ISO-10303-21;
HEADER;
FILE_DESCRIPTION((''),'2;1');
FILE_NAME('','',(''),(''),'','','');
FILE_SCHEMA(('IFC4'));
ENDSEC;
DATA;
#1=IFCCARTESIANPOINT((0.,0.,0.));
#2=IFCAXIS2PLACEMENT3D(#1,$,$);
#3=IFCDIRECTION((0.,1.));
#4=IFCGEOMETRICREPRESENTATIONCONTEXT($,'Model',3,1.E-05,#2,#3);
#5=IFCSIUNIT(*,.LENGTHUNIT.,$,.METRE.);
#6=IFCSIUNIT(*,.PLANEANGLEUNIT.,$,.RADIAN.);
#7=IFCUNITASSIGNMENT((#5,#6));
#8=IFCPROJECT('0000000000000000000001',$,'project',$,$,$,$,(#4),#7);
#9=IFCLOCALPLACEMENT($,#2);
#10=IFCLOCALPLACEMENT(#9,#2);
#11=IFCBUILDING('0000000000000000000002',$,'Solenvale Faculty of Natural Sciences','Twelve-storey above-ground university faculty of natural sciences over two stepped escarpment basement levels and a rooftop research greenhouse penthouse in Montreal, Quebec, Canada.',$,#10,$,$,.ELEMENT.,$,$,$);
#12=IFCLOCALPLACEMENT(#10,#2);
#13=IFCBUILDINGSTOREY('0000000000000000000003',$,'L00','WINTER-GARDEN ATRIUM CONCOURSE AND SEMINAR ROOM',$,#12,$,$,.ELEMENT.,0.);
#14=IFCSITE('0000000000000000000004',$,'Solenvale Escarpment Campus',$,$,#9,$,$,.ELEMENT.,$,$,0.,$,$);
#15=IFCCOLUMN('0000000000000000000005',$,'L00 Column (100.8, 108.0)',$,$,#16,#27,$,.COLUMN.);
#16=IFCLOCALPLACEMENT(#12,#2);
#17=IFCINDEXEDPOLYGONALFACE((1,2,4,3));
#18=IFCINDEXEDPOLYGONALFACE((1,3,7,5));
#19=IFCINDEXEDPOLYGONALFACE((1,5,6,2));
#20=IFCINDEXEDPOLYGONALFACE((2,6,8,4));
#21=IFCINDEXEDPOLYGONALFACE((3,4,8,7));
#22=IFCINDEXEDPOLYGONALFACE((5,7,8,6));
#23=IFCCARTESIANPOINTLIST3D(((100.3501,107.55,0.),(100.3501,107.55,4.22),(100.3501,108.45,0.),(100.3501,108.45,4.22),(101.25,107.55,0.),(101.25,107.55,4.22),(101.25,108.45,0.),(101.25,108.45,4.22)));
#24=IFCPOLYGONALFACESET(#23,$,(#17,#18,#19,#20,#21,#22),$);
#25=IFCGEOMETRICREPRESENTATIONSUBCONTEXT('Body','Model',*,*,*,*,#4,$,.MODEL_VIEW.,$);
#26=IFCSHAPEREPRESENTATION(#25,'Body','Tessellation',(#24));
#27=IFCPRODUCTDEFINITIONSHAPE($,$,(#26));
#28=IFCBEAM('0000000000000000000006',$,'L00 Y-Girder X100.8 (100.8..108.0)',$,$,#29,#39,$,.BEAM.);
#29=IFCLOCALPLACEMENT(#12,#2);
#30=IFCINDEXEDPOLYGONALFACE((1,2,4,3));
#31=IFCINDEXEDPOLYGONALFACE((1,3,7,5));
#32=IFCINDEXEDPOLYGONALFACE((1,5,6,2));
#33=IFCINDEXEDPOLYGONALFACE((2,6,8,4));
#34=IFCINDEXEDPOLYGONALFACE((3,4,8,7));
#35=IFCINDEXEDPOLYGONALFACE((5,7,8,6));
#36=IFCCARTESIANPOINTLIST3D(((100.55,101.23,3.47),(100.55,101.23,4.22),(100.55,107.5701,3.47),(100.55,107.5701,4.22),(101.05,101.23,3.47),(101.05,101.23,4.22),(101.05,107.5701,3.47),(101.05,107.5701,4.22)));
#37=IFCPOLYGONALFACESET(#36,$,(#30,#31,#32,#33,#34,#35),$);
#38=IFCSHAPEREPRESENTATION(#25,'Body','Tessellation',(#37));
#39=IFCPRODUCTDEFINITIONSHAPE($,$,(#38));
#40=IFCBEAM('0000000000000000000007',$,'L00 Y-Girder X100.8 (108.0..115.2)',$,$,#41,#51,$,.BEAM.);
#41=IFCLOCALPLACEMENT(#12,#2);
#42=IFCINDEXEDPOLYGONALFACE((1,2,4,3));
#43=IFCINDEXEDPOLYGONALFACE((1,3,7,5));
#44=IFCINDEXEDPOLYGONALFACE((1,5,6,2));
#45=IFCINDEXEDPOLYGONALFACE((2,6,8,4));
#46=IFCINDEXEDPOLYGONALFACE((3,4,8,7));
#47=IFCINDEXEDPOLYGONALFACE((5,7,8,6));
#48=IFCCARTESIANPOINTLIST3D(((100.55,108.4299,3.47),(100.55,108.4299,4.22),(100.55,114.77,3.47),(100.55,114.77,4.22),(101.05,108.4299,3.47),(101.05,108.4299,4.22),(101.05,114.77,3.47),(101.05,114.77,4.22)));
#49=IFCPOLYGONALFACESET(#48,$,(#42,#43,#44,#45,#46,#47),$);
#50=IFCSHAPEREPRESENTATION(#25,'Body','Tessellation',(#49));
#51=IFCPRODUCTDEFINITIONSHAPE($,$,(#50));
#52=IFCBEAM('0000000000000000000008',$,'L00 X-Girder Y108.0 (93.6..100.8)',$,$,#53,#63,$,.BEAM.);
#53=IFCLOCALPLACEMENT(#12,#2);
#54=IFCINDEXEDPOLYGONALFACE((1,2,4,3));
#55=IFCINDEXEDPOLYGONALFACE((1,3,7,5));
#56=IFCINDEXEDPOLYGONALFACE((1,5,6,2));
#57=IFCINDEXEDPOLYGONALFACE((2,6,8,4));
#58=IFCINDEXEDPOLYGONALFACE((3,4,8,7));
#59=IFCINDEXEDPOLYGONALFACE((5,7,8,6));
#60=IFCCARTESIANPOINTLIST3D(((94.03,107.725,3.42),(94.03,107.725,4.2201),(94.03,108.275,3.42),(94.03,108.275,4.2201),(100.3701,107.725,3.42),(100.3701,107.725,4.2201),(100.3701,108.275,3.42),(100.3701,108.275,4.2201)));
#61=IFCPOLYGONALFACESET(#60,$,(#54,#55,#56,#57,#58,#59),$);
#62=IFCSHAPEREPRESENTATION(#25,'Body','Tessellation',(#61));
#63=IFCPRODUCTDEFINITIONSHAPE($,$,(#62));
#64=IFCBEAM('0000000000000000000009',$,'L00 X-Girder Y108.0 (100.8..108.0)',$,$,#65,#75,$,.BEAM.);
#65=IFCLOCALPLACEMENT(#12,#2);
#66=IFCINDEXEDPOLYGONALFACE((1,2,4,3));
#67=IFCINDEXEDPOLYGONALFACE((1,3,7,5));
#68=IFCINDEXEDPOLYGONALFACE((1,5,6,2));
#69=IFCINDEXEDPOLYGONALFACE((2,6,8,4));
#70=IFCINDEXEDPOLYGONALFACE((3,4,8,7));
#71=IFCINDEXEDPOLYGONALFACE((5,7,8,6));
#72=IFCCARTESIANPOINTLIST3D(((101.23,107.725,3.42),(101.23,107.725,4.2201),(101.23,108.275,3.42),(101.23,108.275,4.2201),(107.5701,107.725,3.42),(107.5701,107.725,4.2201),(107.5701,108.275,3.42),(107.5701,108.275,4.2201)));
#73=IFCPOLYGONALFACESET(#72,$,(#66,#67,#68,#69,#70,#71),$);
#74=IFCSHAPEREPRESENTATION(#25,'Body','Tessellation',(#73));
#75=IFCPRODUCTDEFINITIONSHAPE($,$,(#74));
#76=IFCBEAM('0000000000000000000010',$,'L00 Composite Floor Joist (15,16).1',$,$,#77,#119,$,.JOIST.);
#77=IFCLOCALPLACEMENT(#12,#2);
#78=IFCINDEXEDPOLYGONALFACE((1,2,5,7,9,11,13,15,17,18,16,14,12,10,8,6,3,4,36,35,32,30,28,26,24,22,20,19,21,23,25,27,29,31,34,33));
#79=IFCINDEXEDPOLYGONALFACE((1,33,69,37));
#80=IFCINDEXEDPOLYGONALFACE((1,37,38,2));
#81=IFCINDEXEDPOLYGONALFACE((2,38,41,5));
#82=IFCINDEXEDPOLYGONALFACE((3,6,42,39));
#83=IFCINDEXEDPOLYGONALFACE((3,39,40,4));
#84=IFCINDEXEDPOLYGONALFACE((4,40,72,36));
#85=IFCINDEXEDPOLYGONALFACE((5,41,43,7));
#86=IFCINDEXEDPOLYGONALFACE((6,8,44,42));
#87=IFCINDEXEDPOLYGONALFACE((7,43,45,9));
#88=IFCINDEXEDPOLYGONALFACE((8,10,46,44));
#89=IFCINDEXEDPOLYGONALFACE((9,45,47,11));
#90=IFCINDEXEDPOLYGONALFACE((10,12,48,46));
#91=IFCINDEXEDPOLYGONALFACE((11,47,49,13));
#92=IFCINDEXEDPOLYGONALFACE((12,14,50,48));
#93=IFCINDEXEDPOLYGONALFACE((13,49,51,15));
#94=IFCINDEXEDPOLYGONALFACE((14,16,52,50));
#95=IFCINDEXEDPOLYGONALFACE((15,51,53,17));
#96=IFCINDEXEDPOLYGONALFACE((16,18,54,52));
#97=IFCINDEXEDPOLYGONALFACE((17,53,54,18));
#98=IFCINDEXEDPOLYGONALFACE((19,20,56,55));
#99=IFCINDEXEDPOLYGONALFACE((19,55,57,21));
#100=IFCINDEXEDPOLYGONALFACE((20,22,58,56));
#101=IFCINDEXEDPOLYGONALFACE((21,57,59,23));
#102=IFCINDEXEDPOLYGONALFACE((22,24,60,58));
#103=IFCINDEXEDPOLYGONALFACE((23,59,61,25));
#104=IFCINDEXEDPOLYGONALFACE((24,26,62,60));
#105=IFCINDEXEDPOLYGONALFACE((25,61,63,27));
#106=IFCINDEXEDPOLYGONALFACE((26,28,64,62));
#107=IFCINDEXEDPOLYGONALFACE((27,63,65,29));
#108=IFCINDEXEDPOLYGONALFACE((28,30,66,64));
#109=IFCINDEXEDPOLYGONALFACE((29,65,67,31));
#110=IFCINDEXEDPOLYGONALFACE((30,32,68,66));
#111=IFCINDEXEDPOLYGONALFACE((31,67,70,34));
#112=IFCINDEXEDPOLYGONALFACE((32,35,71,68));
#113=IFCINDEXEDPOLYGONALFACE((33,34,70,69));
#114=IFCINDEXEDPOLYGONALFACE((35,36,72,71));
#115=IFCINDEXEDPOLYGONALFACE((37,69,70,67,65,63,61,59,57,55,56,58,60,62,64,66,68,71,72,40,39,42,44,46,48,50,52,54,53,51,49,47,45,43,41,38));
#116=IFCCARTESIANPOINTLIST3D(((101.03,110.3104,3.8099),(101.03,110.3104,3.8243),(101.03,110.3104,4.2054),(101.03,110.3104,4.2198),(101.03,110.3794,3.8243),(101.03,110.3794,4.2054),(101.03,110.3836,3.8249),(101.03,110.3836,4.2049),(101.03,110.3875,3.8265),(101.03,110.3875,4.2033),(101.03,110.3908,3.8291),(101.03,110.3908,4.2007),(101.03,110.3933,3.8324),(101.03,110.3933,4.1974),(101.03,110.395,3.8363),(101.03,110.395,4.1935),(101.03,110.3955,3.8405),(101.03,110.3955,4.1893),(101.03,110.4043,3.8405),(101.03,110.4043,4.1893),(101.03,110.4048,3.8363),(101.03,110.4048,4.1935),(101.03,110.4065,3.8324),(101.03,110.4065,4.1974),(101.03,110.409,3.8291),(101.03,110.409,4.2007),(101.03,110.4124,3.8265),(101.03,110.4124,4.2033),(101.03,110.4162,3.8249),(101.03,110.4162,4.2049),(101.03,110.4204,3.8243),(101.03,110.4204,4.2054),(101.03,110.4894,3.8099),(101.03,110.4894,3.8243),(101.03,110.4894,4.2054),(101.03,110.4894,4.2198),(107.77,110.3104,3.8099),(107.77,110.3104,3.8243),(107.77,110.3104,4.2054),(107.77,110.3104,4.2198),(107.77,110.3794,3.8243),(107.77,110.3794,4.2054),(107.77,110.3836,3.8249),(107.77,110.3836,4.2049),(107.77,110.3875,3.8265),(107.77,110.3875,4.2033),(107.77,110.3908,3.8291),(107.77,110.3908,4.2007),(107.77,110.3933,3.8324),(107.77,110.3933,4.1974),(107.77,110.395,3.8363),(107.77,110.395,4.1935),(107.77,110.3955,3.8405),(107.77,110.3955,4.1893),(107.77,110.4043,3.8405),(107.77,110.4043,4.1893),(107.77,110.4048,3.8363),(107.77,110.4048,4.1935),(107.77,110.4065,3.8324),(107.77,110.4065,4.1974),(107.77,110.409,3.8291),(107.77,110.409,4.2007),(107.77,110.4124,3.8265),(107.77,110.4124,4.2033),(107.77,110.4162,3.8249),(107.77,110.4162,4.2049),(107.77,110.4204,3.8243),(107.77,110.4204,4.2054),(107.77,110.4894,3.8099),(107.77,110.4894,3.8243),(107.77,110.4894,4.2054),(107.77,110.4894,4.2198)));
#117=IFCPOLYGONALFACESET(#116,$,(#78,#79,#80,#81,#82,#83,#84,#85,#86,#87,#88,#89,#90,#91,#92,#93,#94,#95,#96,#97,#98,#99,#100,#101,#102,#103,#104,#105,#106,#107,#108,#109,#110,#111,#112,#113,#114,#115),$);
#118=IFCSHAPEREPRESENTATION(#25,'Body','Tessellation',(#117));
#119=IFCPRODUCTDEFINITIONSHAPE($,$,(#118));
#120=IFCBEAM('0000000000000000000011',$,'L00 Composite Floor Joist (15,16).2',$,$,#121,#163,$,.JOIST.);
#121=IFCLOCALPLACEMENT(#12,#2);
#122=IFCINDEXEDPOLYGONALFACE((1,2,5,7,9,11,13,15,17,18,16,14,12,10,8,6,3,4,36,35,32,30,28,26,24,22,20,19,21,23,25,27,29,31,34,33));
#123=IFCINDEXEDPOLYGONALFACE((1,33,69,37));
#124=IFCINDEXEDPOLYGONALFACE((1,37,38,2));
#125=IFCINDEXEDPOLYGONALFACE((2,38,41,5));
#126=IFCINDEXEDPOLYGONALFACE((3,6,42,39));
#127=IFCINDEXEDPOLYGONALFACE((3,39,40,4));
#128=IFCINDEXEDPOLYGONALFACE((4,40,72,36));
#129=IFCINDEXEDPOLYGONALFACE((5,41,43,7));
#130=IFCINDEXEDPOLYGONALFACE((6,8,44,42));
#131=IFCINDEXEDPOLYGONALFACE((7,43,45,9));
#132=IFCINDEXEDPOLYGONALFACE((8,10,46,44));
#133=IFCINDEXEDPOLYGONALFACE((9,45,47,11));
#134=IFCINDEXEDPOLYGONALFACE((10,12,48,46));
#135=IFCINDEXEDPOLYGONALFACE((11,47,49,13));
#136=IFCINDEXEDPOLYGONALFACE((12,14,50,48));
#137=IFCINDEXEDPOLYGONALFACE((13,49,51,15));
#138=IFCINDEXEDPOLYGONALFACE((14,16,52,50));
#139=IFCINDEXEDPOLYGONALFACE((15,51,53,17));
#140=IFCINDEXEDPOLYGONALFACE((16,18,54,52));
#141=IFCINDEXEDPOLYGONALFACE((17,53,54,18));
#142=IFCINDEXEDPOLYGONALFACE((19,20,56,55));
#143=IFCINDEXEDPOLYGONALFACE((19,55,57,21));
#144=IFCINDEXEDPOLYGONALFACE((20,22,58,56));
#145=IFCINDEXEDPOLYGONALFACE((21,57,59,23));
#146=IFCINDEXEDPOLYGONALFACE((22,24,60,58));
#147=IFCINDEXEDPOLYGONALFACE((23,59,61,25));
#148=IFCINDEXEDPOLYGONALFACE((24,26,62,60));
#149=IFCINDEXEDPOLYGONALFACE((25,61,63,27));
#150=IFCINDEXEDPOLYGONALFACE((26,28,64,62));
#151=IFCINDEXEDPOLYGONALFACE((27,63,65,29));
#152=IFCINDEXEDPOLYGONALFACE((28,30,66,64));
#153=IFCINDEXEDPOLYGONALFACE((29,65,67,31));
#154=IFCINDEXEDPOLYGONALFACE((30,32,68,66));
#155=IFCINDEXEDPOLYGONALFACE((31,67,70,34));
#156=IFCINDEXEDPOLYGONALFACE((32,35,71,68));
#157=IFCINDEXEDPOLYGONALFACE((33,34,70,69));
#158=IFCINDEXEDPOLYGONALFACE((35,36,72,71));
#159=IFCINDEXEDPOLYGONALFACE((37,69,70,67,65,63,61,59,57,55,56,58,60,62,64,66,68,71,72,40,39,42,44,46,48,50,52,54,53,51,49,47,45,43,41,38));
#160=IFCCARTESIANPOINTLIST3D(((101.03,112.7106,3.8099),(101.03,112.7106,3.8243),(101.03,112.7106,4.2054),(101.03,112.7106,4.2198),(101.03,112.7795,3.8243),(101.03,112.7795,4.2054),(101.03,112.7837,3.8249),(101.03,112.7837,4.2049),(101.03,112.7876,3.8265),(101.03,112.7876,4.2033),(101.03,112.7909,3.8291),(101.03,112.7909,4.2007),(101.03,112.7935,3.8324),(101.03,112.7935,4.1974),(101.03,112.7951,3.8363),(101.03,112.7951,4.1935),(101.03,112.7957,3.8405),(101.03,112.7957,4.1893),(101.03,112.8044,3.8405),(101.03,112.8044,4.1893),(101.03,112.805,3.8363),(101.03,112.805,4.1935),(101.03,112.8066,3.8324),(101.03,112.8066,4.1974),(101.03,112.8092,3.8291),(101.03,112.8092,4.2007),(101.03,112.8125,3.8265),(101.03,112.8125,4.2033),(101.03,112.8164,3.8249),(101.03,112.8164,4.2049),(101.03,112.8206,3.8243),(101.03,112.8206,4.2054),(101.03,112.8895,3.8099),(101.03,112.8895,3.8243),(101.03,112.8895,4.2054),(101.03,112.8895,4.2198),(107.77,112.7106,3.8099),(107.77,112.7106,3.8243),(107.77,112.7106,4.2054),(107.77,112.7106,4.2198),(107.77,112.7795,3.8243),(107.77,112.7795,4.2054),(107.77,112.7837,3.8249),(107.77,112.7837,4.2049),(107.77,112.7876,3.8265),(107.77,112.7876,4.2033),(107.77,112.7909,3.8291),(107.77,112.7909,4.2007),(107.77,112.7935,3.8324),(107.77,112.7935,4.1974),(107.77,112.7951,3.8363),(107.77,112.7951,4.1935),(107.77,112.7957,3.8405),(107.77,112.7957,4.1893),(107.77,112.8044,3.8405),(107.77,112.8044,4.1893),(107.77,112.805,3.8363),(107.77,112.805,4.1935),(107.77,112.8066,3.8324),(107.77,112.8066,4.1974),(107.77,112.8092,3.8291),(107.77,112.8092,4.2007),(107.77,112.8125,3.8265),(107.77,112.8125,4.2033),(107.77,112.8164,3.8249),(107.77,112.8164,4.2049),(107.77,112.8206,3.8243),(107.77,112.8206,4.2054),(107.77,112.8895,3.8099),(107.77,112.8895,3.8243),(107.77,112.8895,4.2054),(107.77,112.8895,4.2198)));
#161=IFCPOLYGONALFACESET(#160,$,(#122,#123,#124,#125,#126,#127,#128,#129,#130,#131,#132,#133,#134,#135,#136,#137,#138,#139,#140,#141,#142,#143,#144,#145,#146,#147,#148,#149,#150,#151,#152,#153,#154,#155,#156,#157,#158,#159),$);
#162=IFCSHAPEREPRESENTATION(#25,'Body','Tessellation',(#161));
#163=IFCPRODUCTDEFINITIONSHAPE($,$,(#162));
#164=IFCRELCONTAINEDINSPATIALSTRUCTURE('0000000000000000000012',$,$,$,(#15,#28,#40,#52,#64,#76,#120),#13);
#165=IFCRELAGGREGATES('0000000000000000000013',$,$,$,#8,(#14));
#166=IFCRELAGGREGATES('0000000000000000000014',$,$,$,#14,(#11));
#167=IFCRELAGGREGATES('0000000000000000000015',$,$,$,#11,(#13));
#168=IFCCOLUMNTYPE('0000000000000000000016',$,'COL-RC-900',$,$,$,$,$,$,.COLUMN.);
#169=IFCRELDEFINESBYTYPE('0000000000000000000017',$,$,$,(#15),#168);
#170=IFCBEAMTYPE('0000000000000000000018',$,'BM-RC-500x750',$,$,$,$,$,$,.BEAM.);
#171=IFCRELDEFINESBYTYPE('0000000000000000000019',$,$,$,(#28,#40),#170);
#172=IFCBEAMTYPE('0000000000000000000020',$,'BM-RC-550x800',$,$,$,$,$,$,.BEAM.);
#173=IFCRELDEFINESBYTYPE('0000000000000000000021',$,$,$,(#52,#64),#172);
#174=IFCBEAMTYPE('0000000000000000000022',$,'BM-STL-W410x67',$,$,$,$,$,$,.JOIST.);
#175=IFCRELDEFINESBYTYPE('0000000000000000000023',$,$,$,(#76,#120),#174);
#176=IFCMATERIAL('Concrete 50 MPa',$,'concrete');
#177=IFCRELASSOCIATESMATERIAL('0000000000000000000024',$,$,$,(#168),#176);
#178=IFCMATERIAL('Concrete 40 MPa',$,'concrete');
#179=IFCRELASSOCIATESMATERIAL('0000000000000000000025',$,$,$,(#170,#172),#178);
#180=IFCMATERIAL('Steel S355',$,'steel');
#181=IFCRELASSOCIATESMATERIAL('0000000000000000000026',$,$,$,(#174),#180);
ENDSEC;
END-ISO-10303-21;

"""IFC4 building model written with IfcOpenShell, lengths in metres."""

from ifc_helpers import new_model, si_unit, direction, frame, origin, origin_2d, place, context, subcontext, project, spatial, rectangle, i_section, extrude, material, material_profile, profile_set, type_object, element, save


model = new_model("IFC4")

# Units and contexts
model_context = context("Model", 3, precision=1e-05, world=origin(), true_north=direction((0.0, 1.0)))
body_context = subcontext(model_context, "Body", "Model", "MODEL_VIEW")
ifc_project = project(units=[si_unit("LENGTHUNIT", "METRE"), si_unit("PLANEANGLEUNIT", "RADIAN")], contexts=[model_context])

# Site, building, storey
site_placement = place(None, origin())
site = spatial("IfcSite", under=ifc_project, at=site_placement, Name="Solenvale Escarpment Campus", CompositionType="ELEMENT", RefElevation=0.0)
building_placement = place(site_placement, origin())
building = spatial("IfcBuilding", under=site, at=building_placement, Name="Solenvale Faculty of Natural Sciences", Description="Twelve-storey above-ground university faculty of natural sciences over two stepped escarpment basement levels and a rooftop research greenhouse penthouse in Montreal, Quebec, Canada.", CompositionType="ELEMENT")
storey_placement = place(building_placement, origin())
storey = spatial("IfcBuildingStorey", under=building, at=storey_placement, Name="L00", Description="WINTER-GARDEN ATRIUM CONCOURSE AND SEMINAR ROOM", CompositionType="ELEMENT", Elevation=0.0)

# Column
ifc_material_1 = material(Name="Concrete 50 MPa", Category="concrete")
ifc_material_profile_1 = material_profile(ifc_material_1, rectangle(XDim=0.8999, YDim=0.8999, at=origin_2d()), Name="RC-COL-900x900")
ifc_profile_set_1 = profile_set([ifc_material_profile_1], Name="Concrete 50 MPa")
column_type = type_object("IfcColumnType", Name="COL-RC-900", PredefinedType="COLUMN", material=ifc_profile_set_1)
column_placement = place(storey_placement, frame((100.8, 108.0, 0.0), z_axis=(0.0, 0.0, 1.0), x_axis=(1.0, 0.0, 0.0)))
element("IfcColumn", 1, at=column_placement, inside=storey, type_object=column_type, Name="L00 Column (100.8, 108.0)", PredefinedType="COLUMN", context=body_context, shape_type="SweptSolid", body=[
    extrude(rectangle(XDim=0.8999, YDim=0.8999, at=origin_2d()), origin(), (0.0, 0.0, 1.0), 4.22),
])

# Beams
ifc_material_2 = material(Name="Concrete 40 MPa", Category="concrete")
ifc_material_profile_2 = material_profile(ifc_material_2, rectangle(XDim=0.5, YDim=0.75, at=origin_2d()), Name="RC-BM-500x750")
ifc_profile_set_2 = profile_set([ifc_material_profile_2], Name="Concrete 40 MPa")
beam_type_1 = type_object("IfcBeamType", Name="BM-RC-500x750", PredefinedType="BEAM", material=ifc_profile_set_2)
for number, where, z_axis, x_axis, name in (
    (2, (100.8, 101.23, 3.845), (0.0, 1.0, 0.0), (-1.0, 0.0, 0.0), "L00 Y-Girder X100.8 (100.8..108.0)"),
    (3, (100.8, 108.4299, 3.845), (0.0, 1.0, 0.0), (-1.0, 0.0, 0.0), "L00 Y-Girder X100.8 (108.0..115.2)"),
):
    element("IfcBeam", number, at=place(storey_placement, frame(where, z_axis=z_axis, x_axis=x_axis)), inside=storey, type_object=beam_type_1, Name=name, PredefinedType="BEAM", context=body_context, shape_type="SweptSolid", body=[
        extrude(rectangle(XDim=0.5, YDim=0.75, at=origin_2d()), origin(), (0.0, 0.0, 1.0), 6.3401),
    ])
ifc_material_profile_3 = material_profile(ifc_material_2, rectangle(XDim=0.55, YDim=0.8, at=origin_2d()), Name="RC-BM-550x800")
ifc_profile_set_3 = profile_set([ifc_material_profile_3], Name="Concrete 40 MPa")
beam_type_2 = type_object("IfcBeamType", Name="BM-RC-550x800", PredefinedType="BEAM", material=ifc_profile_set_3)
for number, where, z_axis, x_axis, name in (
    (4, (94.03, 108.0, 3.8201), (1.0, 0.0, 0.0), (0.0, 1.0, 0.0), "L00 X-Girder Y108.0 (93.6..100.8)"),
    (5, (101.23, 108.0, 3.8201), (1.0, 0.0, 0.0), (0.0, 1.0, 0.0), "L00 X-Girder Y108.0 (100.8..108.0)"),
):
    element("IfcBeam", number, at=place(storey_placement, frame(where, z_axis=z_axis, x_axis=x_axis)), inside=storey, type_object=beam_type_2, Name=name, PredefinedType="BEAM", context=body_context, shape_type="SweptSolid", body=[
        extrude(rectangle(XDim=0.55, YDim=0.8, at=origin_2d()), origin(), (0.0, 0.0, 1.0), 6.3401),
    ])
ifc_material_3 = material(Name="Steel S355", Category="steel")
ifc_material_profile_4 = material_profile(ifc_material_3, i_section(OverallWidth=0.179, OverallDepth=0.4099, WebThickness=0.0088, FlangeThickness=0.0144, FilletRadius=0.0161, at=origin_2d()), Name="W410x67")
ifc_profile_set_4 = profile_set([ifc_material_profile_4], Name="Steel S355")
beam_type_3 = type_object("IfcBeamType", Name="BM-STL-W410x67", PredefinedType="JOIST", material=ifc_profile_set_4)
for number, where, z_axis, x_axis, name in (
    (6, (101.03, 110.3999, 4.0149), (1.0, 0.0, 0.0), (0.0, 1.0, 0.0), "L00 Composite Floor Joist (15,16).1"),
    (7, (101.03, 112.8, 4.0149), (1.0, 0.0, 0.0), (0.0, 1.0, 0.0), "L00 Composite Floor Joist (15,16).2"),
):
    element("IfcBeam", number, at=place(storey_placement, frame(where, z_axis=z_axis, x_axis=x_axis)), inside=storey, type_object=beam_type_3, Name=name, PredefinedType="JOIST", context=body_context, shape_type="SweptSolid", body=[
        extrude(i_section(OverallWidth=0.179, OverallDepth=0.4099, WebThickness=0.0088, FlangeThickness=0.0144, FilletRadius=0.0161, at=origin_2d()), origin(), (0.0, 0.0, 1.0), 6.74),
    ])

save(model, "model.ifc")
